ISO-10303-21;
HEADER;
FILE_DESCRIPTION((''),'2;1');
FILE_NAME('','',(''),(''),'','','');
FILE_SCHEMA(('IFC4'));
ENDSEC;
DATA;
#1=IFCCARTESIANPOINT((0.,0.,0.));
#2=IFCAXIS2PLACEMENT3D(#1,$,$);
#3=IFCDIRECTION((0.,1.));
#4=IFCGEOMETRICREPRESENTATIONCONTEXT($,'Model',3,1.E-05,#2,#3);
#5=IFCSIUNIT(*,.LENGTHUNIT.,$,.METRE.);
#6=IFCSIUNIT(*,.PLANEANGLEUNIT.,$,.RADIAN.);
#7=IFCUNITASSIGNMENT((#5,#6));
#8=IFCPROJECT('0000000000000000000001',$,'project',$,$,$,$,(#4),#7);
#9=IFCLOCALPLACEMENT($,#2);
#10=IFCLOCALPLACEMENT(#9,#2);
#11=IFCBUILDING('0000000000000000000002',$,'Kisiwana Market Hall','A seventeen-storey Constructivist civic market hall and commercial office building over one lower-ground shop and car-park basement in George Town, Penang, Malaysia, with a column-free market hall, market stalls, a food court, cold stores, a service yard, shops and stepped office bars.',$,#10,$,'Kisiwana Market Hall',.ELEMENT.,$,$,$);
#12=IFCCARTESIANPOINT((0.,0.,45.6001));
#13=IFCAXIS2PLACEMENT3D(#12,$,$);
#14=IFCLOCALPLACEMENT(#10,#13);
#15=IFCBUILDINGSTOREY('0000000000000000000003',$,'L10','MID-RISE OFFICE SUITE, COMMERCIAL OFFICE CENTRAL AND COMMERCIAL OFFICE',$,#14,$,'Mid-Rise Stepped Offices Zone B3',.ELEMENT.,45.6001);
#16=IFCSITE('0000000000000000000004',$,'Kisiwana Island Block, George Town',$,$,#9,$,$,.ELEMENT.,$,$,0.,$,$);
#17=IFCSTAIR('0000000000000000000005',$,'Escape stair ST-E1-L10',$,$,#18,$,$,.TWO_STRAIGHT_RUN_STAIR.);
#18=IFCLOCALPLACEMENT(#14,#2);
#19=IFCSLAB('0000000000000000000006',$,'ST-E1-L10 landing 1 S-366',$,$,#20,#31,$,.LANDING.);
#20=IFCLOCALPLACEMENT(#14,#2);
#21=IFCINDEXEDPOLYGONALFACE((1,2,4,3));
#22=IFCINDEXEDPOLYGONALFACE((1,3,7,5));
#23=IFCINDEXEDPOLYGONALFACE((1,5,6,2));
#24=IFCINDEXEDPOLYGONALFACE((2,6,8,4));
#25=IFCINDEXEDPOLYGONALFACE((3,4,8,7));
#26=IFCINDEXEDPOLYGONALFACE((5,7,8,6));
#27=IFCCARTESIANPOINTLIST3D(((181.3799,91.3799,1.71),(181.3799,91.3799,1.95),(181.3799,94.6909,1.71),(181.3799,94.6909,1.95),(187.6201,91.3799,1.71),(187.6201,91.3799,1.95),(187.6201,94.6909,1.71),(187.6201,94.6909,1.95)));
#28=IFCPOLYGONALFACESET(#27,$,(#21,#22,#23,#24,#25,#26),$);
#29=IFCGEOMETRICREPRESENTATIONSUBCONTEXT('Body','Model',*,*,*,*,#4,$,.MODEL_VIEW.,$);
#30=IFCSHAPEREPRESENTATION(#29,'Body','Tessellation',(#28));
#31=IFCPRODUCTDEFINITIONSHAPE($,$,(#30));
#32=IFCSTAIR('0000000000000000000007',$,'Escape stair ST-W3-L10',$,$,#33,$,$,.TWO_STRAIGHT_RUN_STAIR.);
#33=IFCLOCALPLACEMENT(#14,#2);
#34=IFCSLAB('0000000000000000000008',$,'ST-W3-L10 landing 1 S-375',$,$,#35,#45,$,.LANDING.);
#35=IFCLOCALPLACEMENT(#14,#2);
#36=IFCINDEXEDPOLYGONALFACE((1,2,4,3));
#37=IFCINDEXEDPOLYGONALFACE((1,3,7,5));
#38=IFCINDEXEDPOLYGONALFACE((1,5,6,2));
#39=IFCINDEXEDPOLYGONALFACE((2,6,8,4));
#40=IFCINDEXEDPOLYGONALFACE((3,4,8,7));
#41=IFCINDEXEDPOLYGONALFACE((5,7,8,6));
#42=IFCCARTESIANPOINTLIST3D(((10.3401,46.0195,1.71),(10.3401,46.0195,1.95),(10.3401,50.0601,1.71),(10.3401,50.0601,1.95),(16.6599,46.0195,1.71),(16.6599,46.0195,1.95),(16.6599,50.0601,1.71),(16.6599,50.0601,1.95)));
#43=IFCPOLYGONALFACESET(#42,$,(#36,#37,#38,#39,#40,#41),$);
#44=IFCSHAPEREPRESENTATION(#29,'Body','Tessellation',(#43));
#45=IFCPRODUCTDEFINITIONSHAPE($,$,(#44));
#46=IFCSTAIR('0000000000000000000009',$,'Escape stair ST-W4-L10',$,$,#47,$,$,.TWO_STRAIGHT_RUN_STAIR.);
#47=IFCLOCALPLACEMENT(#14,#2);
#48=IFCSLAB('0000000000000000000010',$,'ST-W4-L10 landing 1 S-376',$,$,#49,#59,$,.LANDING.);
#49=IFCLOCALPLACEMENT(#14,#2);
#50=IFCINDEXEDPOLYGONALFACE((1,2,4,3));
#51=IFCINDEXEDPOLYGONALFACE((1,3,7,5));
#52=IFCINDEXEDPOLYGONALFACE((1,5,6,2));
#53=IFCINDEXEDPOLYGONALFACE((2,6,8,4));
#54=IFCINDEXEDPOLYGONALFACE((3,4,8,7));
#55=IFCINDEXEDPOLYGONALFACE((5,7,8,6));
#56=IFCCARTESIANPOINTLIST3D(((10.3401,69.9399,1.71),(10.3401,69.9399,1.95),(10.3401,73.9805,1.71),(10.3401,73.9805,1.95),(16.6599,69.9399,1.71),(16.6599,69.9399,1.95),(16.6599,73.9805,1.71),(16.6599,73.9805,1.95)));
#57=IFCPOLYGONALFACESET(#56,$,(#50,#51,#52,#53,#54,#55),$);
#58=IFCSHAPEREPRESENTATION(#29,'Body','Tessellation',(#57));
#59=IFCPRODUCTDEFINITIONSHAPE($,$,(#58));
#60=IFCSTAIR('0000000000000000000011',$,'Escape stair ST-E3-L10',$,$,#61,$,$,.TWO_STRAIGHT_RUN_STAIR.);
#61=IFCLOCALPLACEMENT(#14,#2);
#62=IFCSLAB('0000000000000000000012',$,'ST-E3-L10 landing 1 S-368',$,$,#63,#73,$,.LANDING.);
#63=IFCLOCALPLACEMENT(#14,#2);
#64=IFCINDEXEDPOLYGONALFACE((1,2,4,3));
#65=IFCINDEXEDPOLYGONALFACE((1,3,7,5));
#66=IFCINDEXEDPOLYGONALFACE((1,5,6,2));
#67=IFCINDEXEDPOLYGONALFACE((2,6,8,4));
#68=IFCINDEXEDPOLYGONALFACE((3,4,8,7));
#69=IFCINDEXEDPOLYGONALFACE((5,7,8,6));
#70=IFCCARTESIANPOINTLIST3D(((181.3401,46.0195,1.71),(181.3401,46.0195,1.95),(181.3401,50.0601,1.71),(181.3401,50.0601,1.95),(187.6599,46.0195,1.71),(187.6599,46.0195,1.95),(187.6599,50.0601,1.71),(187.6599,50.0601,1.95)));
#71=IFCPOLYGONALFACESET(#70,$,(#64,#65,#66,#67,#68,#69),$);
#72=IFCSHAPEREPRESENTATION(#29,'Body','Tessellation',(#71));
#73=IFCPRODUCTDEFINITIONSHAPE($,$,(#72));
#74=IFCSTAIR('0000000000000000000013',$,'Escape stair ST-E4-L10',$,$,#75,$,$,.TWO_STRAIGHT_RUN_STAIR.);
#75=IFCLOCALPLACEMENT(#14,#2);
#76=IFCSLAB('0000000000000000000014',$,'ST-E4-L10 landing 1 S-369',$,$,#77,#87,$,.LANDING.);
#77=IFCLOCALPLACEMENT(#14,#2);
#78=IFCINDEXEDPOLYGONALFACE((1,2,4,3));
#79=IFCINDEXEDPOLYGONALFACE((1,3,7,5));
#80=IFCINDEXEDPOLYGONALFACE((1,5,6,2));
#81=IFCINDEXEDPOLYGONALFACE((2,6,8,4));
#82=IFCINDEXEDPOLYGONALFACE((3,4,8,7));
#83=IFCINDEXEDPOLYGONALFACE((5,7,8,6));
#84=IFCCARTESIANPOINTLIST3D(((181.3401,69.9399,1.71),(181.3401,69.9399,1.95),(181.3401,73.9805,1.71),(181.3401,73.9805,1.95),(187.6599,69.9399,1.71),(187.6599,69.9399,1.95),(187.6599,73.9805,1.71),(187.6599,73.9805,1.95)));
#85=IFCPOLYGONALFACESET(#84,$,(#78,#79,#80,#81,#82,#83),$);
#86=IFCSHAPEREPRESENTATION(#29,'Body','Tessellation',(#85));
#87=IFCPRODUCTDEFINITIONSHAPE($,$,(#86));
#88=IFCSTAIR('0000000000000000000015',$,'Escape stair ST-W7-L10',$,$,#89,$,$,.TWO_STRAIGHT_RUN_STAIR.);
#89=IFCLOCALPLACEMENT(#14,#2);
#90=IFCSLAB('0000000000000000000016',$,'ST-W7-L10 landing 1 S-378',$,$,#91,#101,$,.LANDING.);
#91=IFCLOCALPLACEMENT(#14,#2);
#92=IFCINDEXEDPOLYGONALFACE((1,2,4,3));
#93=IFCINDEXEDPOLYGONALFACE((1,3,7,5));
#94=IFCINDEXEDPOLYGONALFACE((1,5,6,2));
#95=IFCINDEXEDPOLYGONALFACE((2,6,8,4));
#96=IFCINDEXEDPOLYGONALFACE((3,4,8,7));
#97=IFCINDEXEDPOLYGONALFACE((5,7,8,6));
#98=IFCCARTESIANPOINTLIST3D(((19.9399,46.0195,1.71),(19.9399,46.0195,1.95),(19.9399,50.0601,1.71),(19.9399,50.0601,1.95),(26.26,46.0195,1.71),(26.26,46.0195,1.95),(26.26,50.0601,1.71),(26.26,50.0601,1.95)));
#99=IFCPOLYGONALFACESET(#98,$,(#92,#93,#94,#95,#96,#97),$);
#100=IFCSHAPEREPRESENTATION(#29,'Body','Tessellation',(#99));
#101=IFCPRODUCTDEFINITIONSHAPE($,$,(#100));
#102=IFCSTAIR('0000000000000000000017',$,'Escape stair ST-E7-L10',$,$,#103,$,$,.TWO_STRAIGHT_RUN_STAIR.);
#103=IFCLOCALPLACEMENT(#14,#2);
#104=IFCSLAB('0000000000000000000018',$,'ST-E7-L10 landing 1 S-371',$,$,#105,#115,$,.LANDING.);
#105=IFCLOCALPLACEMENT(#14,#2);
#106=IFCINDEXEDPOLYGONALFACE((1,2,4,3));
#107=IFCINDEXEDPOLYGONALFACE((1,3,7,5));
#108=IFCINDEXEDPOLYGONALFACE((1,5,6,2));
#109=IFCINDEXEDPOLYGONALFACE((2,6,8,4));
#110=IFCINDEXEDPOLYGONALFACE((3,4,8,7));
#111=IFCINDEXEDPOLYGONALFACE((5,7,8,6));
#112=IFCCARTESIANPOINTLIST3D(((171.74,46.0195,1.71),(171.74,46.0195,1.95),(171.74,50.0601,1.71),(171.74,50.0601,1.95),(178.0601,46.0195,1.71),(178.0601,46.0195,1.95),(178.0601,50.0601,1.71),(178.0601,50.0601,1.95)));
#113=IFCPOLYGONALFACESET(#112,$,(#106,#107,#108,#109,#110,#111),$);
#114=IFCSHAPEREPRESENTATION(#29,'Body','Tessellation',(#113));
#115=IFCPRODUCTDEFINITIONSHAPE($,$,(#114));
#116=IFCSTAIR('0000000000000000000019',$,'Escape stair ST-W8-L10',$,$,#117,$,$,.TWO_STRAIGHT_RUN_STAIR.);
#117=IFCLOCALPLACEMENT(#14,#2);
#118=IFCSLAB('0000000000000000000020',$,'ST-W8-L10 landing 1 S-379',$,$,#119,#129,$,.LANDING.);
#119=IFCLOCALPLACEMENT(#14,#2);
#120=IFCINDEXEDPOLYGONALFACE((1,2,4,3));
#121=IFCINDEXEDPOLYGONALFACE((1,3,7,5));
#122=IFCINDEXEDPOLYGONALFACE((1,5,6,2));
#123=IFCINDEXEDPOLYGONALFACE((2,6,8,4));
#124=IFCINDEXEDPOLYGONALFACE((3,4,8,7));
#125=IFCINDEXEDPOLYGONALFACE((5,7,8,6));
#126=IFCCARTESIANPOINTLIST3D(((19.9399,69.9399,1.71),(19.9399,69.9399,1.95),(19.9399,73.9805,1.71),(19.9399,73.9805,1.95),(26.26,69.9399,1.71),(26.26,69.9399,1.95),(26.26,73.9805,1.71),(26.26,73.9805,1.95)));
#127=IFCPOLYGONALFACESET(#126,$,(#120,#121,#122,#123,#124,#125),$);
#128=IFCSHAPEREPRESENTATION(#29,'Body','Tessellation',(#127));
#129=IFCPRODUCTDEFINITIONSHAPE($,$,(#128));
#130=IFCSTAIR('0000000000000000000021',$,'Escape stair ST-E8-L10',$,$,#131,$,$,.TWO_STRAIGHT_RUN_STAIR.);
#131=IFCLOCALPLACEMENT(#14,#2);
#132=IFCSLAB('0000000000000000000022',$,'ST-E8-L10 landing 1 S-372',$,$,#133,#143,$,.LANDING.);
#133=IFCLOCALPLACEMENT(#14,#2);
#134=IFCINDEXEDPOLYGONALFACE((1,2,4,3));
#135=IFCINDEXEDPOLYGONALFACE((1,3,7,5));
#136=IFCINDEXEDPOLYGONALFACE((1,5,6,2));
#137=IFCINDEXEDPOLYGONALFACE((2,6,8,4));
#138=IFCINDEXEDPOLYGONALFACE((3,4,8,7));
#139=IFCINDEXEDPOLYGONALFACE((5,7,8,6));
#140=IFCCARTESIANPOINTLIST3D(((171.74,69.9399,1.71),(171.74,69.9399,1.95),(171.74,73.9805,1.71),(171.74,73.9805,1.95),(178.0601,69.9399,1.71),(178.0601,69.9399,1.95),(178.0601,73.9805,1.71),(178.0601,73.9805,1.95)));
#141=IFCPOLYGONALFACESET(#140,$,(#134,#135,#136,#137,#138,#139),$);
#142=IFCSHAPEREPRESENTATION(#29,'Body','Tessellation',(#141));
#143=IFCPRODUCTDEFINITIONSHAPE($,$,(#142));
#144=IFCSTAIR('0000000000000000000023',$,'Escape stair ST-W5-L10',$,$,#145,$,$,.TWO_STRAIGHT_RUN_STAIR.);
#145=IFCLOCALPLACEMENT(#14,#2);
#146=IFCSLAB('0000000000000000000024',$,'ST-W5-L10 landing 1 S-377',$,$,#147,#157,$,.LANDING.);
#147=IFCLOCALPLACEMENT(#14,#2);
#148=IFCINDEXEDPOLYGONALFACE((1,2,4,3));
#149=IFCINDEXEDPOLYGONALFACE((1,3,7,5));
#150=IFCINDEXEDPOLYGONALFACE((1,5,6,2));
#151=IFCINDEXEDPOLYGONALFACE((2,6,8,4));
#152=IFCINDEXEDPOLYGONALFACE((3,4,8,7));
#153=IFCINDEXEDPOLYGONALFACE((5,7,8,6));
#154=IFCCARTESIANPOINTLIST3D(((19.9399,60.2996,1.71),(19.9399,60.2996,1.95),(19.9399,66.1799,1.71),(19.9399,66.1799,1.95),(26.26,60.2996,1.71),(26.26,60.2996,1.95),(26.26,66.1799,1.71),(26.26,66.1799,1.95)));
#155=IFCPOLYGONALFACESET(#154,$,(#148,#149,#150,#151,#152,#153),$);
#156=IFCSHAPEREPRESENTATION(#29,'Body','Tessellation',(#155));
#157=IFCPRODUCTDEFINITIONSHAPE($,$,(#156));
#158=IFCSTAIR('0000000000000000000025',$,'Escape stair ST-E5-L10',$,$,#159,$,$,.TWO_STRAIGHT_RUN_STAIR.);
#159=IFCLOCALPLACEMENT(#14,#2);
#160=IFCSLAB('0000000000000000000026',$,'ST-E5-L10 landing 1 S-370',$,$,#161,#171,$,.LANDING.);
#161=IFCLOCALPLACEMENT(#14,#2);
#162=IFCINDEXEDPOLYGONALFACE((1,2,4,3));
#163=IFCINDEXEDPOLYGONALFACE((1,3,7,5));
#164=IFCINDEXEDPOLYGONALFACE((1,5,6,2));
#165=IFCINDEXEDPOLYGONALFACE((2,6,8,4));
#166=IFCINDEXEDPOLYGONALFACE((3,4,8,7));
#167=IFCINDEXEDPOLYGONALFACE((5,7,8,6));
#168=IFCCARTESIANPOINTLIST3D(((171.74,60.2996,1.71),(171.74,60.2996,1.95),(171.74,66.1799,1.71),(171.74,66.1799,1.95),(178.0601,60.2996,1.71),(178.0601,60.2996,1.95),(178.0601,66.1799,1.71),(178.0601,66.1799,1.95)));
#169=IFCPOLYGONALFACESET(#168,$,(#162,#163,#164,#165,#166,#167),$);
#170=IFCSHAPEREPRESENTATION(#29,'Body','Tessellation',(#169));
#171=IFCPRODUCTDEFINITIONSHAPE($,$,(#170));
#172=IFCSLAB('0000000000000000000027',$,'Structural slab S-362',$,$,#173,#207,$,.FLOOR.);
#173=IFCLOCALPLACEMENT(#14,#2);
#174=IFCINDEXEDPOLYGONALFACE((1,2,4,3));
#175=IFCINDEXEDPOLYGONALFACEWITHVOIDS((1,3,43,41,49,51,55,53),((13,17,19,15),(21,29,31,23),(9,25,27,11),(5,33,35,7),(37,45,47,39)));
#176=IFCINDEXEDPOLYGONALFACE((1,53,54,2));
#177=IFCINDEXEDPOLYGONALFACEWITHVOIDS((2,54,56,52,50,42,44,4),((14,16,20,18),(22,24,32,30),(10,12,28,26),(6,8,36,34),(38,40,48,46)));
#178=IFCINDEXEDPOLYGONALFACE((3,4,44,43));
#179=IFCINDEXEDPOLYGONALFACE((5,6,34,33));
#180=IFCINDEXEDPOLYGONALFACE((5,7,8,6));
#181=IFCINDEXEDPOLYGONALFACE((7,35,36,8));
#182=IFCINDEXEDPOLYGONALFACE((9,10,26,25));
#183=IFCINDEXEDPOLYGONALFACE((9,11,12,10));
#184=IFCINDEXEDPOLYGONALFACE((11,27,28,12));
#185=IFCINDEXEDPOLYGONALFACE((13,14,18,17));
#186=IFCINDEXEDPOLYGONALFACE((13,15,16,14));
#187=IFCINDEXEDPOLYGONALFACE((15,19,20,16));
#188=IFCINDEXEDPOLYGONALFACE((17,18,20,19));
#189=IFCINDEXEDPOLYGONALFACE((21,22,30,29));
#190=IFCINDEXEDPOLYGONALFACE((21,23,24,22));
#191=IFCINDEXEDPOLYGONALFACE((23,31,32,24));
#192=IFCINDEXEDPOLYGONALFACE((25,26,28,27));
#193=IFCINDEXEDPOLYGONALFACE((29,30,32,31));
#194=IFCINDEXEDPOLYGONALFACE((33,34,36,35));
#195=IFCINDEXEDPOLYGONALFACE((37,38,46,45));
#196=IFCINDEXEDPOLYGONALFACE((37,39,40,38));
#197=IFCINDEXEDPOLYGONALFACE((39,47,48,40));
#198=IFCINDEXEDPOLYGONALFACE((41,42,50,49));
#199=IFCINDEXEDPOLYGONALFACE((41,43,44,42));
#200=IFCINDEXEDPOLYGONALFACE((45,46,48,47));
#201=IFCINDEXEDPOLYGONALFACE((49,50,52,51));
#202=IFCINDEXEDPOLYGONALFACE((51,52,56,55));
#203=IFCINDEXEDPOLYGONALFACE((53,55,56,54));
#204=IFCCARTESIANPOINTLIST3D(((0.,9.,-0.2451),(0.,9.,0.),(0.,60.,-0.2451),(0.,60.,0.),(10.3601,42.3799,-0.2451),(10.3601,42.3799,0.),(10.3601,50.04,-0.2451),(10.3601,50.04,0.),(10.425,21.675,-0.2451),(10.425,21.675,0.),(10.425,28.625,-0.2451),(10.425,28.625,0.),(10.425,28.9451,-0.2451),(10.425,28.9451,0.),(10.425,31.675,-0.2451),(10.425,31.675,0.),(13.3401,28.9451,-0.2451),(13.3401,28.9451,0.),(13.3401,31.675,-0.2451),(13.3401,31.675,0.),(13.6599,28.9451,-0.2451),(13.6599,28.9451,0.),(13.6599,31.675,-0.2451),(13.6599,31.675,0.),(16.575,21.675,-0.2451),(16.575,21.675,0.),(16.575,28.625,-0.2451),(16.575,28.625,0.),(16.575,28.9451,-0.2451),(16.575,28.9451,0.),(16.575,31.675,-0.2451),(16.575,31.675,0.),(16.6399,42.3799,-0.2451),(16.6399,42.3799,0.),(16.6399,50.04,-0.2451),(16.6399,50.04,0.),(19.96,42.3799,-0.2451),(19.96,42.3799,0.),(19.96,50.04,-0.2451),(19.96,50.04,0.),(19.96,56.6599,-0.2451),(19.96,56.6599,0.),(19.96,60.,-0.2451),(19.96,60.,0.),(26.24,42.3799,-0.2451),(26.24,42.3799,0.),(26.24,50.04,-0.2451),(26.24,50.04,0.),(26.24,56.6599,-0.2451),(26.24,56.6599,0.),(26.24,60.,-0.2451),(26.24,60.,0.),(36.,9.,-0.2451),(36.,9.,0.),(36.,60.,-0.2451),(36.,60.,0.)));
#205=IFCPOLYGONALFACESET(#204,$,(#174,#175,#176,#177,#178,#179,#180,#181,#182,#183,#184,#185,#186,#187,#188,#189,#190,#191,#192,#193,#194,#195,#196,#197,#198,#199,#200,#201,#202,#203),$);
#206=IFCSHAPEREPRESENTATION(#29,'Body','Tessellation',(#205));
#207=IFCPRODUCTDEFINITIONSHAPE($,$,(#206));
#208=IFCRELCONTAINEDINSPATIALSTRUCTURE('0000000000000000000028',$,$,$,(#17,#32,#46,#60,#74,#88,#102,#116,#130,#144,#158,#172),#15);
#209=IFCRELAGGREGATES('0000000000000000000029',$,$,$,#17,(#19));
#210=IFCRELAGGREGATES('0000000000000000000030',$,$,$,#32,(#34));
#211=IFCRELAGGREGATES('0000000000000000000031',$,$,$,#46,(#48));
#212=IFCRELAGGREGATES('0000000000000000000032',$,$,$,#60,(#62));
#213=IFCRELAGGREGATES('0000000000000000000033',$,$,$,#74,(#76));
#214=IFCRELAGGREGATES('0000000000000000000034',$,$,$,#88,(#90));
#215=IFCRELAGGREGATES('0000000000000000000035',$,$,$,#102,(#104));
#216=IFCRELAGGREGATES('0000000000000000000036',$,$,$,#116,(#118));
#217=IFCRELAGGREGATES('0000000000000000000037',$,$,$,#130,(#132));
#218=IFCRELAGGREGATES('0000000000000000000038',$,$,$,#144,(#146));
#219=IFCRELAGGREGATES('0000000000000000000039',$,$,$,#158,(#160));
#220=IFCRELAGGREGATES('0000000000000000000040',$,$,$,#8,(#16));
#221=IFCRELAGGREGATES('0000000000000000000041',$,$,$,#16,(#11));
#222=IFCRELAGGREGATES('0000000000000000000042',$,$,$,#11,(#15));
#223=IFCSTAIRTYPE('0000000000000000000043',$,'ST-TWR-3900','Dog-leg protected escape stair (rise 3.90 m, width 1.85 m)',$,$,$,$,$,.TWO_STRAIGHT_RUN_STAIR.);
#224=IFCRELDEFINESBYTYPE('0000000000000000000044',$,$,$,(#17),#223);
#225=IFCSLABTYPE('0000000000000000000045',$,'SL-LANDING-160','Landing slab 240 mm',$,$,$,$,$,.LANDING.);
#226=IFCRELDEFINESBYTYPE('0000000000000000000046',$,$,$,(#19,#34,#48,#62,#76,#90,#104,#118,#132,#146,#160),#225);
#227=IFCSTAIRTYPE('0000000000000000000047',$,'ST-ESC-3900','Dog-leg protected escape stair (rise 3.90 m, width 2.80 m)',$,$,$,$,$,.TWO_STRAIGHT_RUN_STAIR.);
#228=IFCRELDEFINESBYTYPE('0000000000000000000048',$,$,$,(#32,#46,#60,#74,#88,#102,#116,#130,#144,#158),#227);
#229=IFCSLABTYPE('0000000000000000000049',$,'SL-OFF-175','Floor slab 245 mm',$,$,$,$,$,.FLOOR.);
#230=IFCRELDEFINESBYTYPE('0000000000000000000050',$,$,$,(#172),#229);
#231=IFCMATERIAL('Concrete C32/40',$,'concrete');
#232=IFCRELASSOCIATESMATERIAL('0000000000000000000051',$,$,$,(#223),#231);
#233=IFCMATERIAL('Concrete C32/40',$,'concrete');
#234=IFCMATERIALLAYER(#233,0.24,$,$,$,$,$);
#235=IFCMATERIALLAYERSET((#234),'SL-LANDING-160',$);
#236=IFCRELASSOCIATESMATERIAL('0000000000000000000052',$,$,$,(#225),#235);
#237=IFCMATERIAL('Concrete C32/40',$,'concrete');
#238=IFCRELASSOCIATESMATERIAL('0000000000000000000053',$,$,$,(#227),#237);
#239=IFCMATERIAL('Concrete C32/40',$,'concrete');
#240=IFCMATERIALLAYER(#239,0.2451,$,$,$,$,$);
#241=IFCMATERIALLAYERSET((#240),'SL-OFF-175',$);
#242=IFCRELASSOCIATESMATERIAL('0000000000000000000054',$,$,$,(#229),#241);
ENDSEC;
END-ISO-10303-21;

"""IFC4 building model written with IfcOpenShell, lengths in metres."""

from ifc_helpers import new_model, si_unit, direction, frame, origin, place, context, subcontext, project, spatial, polyline, outline, extrude, material, layer, layer_set, type_object, element, aggregate, save


model = new_model("IFC4")

# Units and contexts
model_context = context("Model", 3, precision=1e-05, world=origin(), true_north=direction((0.0, 1.0)))
body_context = subcontext(model_context, "Body", "Model", "MODEL_VIEW")
ifc_project = project(units=[si_unit("LENGTHUNIT", "METRE"), si_unit("PLANEANGLEUNIT", "RADIAN")], contexts=[model_context])

# Site, building, storey
site_placement = place(None, origin())
site = spatial("IfcSite", under=ifc_project, at=site_placement, Name="Kisiwana Island Block, George Town", CompositionType="ELEMENT", RefElevation=0.0)
building_placement = place(site_placement, origin())
building = spatial("IfcBuilding", under=site, at=building_placement, Name="Kisiwana Market Hall", Description="A seventeen-storey Constructivist civic market hall and commercial office building over one lower-ground shop and car-park basement in George Town, Penang, Malaysia, with a column-free market hall, market stalls, a food court, cold stores, a service yard, shops and stepped office bars.", LongName="Kisiwana Market Hall", CompositionType="ELEMENT")
storey_placement = place(building_placement, frame((0.0, 0.0, 45.6001)))
storey = spatial("IfcBuildingStorey", under=building, at=storey_placement, Name="L10", Description="MID-RISE OFFICE SUITE, COMMERCIAL OFFICE CENTRAL AND COMMERCIAL OFFICE", LongName="Mid-Rise Stepped Offices Zone B3", CompositionType="ELEMENT", Elevation=45.6001)

# Stairs, slabs
ifc_material_1 = material(Name="Concrete C32/40", Category="concrete")
stair_type_1 = type_object("IfcStairType", Name="ST-TWR-3900", Description="Dog-leg protected escape stair (rise 3.90 m, width 1.85 m)", PredefinedType="TWO_STRAIGHT_RUN_STAIR", material=ifc_material_1)
ifc_material_2 = material(Name="Concrete C32/40", Category="concrete")
ifc_layer_1 = layer(ifc_material_2, 0.24)
ifc_layer_set_1 = layer_set([ifc_layer_1], Name="SL-LANDING-160")
slab_type_1 = type_object("IfcSlabType", Name="SL-LANDING-160", Description="Landing slab 240 mm", PredefinedType="LANDING", material=ifc_layer_set_1)
stair_1_placement = place(storey_placement, origin())
stair_1 = element("IfcStair", 1, at=stair_1_placement, inside=storey, type_object=stair_type_1, Name="Escape stair ST-E1-L10", PredefinedType="TWO_STRAIGHT_RUN_STAIR")
slab_1_placement = place(storey_placement, frame((0.0, 0.0, 1.71)))
slab_1 = element("IfcSlab", 2, at=slab_1_placement, type_object=slab_type_1, Name="ST-E1-L10 landing 1 S-366", PredefinedType="LANDING", context=body_context, shape_type="SweptSolid", body=[
    extrude(outline(polyline([(181.3799, 91.3799), (187.6201, 91.3799), (187.6201, 94.6909), (181.3799, 94.6909), (181.3799, 91.3799)])), origin(), (0.0, 0.0, 1.0), 0.24),
])
aggregate(stair_1, [slab_1])
ifc_material_3 = material(Name="Concrete C32/40", Category="concrete")
stair_type_2 = type_object("IfcStairType", Name="ST-ESC-3900", Description="Dog-leg protected escape stair (rise 3.90 m, width 2.80 m)", PredefinedType="TWO_STRAIGHT_RUN_STAIR", material=ifc_material_3)
stair_2_placement = place(storey_placement, origin())
stair_2 = element("IfcStair", 3, at=stair_2_placement, inside=storey, type_object=stair_type_2, Name="Escape stair ST-W3-L10", PredefinedType="TWO_STRAIGHT_RUN_STAIR")
slab_2_placement = place(storey_placement, frame((0.0, 0.0, 1.71)))
slab_2 = element("IfcSlab", 4, at=slab_2_placement, type_object=slab_type_1, Name="ST-W3-L10 landing 1 S-375", PredefinedType="LANDING", context=body_context, shape_type="SweptSolid", body=[
    extrude(outline(polyline([(10.3401, 46.0195), (16.6599, 46.0195), (16.6599, 50.0601), (10.3401, 50.0601), (10.3401, 46.0195)])), origin(), (0.0, 0.0, 1.0), 0.24),
])
aggregate(stair_2, [slab_2])
stair_3_placement = place(storey_placement, origin())
stair_3 = element("IfcStair", 5, at=stair_3_placement, inside=storey, type_object=stair_type_2, Name="Escape stair ST-W4-L10", PredefinedType="TWO_STRAIGHT_RUN_STAIR")
slab_3_placement = place(storey_placement, frame((0.0, 0.0, 1.71)))
slab_3 = element("IfcSlab", 6, at=slab_3_placement, type_object=slab_type_1, Name="ST-W4-L10 landing 1 S-376", PredefinedType="LANDING", context=body_context, shape_type="SweptSolid", body=[
    extrude(outline(polyline([(10.3401, 69.9399), (16.6599, 69.9399), (16.6599, 73.9805), (10.3401, 73.9805), (10.3401, 69.9399)])), origin(), (0.0, 0.0, 1.0), 0.24),
])
aggregate(stair_3, [slab_3])
stair_4_placement = place(storey_placement, origin())
stair_4 = element("IfcStair", 7, at=stair_4_placement, inside=storey, type_object=stair_type_2, Name="Escape stair ST-E3-L10", PredefinedType="TWO_STRAIGHT_RUN_STAIR")
slab_4_placement = place(storey_placement, frame((0.0, 0.0, 1.71)))
slab_4 = element("IfcSlab", 8, at=slab_4_placement, type_object=slab_type_1, Name="ST-E3-L10 landing 1 S-368", PredefinedType="LANDING", context=body_context, shape_type="SweptSolid", body=[
    extrude(outline(polyline([(181.3401, 46.0195), (187.6599, 46.0195), (187.6599, 50.0601), (181.3401, 50.0601), (181.3401, 46.0195)])), origin(), (0.0, 0.0, 1.0), 0.24),
])
aggregate(stair_4, [slab_4])
stair_5_placement = place(storey_placement, origin())
stair_5 = element("IfcStair", 9, at=stair_5_placement, inside=storey, type_object=stair_type_2, Name="Escape stair ST-E4-L10", PredefinedType="TWO_STRAIGHT_RUN_STAIR")
slab_5_placement = place(storey_placement, frame((0.0, 0.0, 1.71)))
slab_5 = element("IfcSlab", 10, at=slab_5_placement, type_object=slab_type_1, Name="ST-E4-L10 landing 1 S-369", PredefinedType="LANDING", context=body_context, shape_type="SweptSolid", body=[
    extrude(outline(polyline([(181.3401, 69.9399), (187.6599, 69.9399), (187.6599, 73.9805), (181.3401, 73.9805), (181.3401, 69.9399)])), origin(), (0.0, 0.0, 1.0), 0.24),
])
aggregate(stair_5, [slab_5])
stair_6_placement = place(storey_placement, origin())
stair_6 = element("IfcStair", 11, at=stair_6_placement, inside=storey, type_object=stair_type_2, Name="Escape stair ST-W7-L10", PredefinedType="TWO_STRAIGHT_RUN_STAIR")
slab_6_placement = place(storey_placement, frame((0.0, 0.0, 1.71)))
slab_6 = element("IfcSlab", 12, at=slab_6_placement, type_object=slab_type_1, Name="ST-W7-L10 landing 1 S-378", PredefinedType="LANDING", context=body_context, shape_type="SweptSolid", body=[
    extrude(outline(polyline([(19.9399, 46.0195), (26.26, 46.0195), (26.26, 50.0601), (19.9399, 50.0601), (19.9399, 46.0195)])), origin(), (0.0, 0.0, 1.0), 0.24),
])
aggregate(stair_6, [slab_6])
stair_7_placement = place(storey_placement, origin())
stair_7 = element("IfcStair", 13, at=stair_7_placement, inside=storey, type_object=stair_type_2, Name="Escape stair ST-E7-L10", PredefinedType="TWO_STRAIGHT_RUN_STAIR")
slab_7_placement = place(storey_placement, frame((0.0, 0.0, 1.71)))
slab_7 = element("IfcSlab", 14, at=slab_7_placement, type_object=slab_type_1, Name="ST-E7-L10 landing 1 S-371", PredefinedType="LANDING", context=body_context, shape_type="SweptSolid", body=[
    extrude(outline(polyline([(171.74, 46.0195), (178.0601, 46.0195), (178.0601, 50.0601), (171.74, 50.0601), (171.74, 46.0195)])), origin(), (0.0, 0.0, 1.0), 0.24),
])
aggregate(stair_7, [slab_7])
stair_8_placement = place(storey_placement, origin())
stair_8 = element("IfcStair", 15, at=stair_8_placement, inside=storey, type_object=stair_type_2, Name="Escape stair ST-W8-L10", PredefinedType="TWO_STRAIGHT_RUN_STAIR")
slab_8_placement = place(storey_placement, frame((0.0, 0.0, 1.71)))
slab_8 = element("IfcSlab", 16, at=slab_8_placement, type_object=slab_type_1, Name="ST-W8-L10 landing 1 S-379", PredefinedType="LANDING", context=body_context, shape_type="SweptSolid", body=[
    extrude(outline(polyline([(19.9399, 69.9399), (26.26, 69.9399), (26.26, 73.9805), (19.9399, 73.9805), (19.9399, 69.9399)])), origin(), (0.0, 0.0, 1.0), 0.24),
])
aggregate(stair_8, [slab_8])
stair_9_placement = place(storey_placement, origin())
stair_9 = element("IfcStair", 17, at=stair_9_placement, inside=storey, type_object=stair_type_2, Name="Escape stair ST-E8-L10", PredefinedType="TWO_STRAIGHT_RUN_STAIR")
slab_9_placement = place(storey_placement, frame((0.0, 0.0, 1.71)))
slab_9 = element("IfcSlab", 18, at=slab_9_placement, type_object=slab_type_1, Name="ST-E8-L10 landing 1 S-372", PredefinedType="LANDING", context=body_context, shape_type="SweptSolid", body=[
    extrude(outline(polyline([(171.74, 69.9399), (178.0601, 69.9399), (178.0601, 73.9805), (171.74, 73.9805), (171.74, 69.9399)])), origin(), (0.0, 0.0, 1.0), 0.24),
])
aggregate(stair_9, [slab_9])
stair_10_placement = place(storey_placement, origin())
stair_10 = element("IfcStair", 19, at=stair_10_placement, inside=storey, type_object=stair_type_2, Name="Escape stair ST-W5-L10", PredefinedType="TWO_STRAIGHT_RUN_STAIR")
slab_10_placement = place(storey_placement, frame((0.0, 0.0, 1.71)))
slab_10 = element("IfcSlab", 20, at=slab_10_placement, type_object=slab_type_1, Name="ST-W5-L10 landing 1 S-377", PredefinedType="LANDING", context=body_context, shape_type="SweptSolid", body=[
    extrude(outline(polyline([(19.9399, 60.2996), (26.26, 60.2996), (26.26, 66.1799), (19.9399, 66.1799), (19.9399, 60.2996)])), origin(), (0.0, 0.0, 1.0), 0.24),
])
aggregate(stair_10, [slab_10])
stair_11_placement = place(storey_placement, origin())
stair_11 = element("IfcStair", 21, at=stair_11_placement, inside=storey, type_object=stair_type_2, Name="Escape stair ST-E5-L10", PredefinedType="TWO_STRAIGHT_RUN_STAIR")
slab_11_placement = place(storey_placement, frame((0.0, 0.0, 1.71)))
slab_11 = element("IfcSlab", 22, at=slab_11_placement, type_object=slab_type_1, Name="ST-E5-L10 landing 1 S-370", PredefinedType="LANDING", context=body_context, shape_type="SweptSolid", body=[
    extrude(outline(polyline([(171.74, 60.2996), (178.0601, 60.2996), (178.0601, 66.1799), (171.74, 66.1799), (171.74, 60.2996)])), origin(), (0.0, 0.0, 1.0), 0.24),
])
aggregate(stair_11, [slab_11])

# Slab
ifc_material_4 = material(Name="Concrete C32/40", Category="concrete")
ifc_layer_2 = layer(ifc_material_4, 0.2451)
ifc_layer_set_2 = layer_set([ifc_layer_2], Name="SL-OFF-175")
slab_type_2 = type_object("IfcSlabType", Name="SL-OFF-175", Description="Floor slab 245 mm", PredefinedType="FLOOR", material=ifc_layer_set_2)
slab_12_placement = place(storey_placement, frame((0.0, 0.0, -0.2451)))
element("IfcSlab", 23, at=slab_12_placement, inside=storey, type_object=slab_type_2, Name="Structural slab S-362", PredefinedType="FLOOR", context=body_context, shape_type="SweptSolid", body=[
    extrude(outline(polyline([(0.0, 9.0), (36.0, 9.0), (36.0, 60.0), (26.24, 60.0), (26.24, 56.6599), (19.96, 56.6599), (19.96, 60.0), (0.0, 60.0), (0.0, 9.0)]), holes=[polyline([(10.425, 21.675), (16.575, 21.675), (16.575, 28.625), (10.425, 28.625), (10.425, 21.675)]), polyline([(10.425, 28.9451), (13.3401, 28.9451), (13.3401, 31.675), (10.425, 31.675), (10.425, 28.9451)]), polyline([(13.6599, 28.9451), (16.575, 28.9451), (16.575, 31.675), (13.6599, 31.675), (13.6599, 28.9451)]), polyline([(10.3601, 42.3799), (16.6399, 42.3799), (16.6399, 50.04), (10.3601, 50.04), (10.3601, 42.3799)]), polyline([(19.96, 42.3799), (26.24, 42.3799), (26.24, 50.04), (19.96, 50.04), (19.96, 42.3799)])]), origin(), (0.0, 0.0, 1.0), 0.2451),
])

save(model, "model.ifc")
